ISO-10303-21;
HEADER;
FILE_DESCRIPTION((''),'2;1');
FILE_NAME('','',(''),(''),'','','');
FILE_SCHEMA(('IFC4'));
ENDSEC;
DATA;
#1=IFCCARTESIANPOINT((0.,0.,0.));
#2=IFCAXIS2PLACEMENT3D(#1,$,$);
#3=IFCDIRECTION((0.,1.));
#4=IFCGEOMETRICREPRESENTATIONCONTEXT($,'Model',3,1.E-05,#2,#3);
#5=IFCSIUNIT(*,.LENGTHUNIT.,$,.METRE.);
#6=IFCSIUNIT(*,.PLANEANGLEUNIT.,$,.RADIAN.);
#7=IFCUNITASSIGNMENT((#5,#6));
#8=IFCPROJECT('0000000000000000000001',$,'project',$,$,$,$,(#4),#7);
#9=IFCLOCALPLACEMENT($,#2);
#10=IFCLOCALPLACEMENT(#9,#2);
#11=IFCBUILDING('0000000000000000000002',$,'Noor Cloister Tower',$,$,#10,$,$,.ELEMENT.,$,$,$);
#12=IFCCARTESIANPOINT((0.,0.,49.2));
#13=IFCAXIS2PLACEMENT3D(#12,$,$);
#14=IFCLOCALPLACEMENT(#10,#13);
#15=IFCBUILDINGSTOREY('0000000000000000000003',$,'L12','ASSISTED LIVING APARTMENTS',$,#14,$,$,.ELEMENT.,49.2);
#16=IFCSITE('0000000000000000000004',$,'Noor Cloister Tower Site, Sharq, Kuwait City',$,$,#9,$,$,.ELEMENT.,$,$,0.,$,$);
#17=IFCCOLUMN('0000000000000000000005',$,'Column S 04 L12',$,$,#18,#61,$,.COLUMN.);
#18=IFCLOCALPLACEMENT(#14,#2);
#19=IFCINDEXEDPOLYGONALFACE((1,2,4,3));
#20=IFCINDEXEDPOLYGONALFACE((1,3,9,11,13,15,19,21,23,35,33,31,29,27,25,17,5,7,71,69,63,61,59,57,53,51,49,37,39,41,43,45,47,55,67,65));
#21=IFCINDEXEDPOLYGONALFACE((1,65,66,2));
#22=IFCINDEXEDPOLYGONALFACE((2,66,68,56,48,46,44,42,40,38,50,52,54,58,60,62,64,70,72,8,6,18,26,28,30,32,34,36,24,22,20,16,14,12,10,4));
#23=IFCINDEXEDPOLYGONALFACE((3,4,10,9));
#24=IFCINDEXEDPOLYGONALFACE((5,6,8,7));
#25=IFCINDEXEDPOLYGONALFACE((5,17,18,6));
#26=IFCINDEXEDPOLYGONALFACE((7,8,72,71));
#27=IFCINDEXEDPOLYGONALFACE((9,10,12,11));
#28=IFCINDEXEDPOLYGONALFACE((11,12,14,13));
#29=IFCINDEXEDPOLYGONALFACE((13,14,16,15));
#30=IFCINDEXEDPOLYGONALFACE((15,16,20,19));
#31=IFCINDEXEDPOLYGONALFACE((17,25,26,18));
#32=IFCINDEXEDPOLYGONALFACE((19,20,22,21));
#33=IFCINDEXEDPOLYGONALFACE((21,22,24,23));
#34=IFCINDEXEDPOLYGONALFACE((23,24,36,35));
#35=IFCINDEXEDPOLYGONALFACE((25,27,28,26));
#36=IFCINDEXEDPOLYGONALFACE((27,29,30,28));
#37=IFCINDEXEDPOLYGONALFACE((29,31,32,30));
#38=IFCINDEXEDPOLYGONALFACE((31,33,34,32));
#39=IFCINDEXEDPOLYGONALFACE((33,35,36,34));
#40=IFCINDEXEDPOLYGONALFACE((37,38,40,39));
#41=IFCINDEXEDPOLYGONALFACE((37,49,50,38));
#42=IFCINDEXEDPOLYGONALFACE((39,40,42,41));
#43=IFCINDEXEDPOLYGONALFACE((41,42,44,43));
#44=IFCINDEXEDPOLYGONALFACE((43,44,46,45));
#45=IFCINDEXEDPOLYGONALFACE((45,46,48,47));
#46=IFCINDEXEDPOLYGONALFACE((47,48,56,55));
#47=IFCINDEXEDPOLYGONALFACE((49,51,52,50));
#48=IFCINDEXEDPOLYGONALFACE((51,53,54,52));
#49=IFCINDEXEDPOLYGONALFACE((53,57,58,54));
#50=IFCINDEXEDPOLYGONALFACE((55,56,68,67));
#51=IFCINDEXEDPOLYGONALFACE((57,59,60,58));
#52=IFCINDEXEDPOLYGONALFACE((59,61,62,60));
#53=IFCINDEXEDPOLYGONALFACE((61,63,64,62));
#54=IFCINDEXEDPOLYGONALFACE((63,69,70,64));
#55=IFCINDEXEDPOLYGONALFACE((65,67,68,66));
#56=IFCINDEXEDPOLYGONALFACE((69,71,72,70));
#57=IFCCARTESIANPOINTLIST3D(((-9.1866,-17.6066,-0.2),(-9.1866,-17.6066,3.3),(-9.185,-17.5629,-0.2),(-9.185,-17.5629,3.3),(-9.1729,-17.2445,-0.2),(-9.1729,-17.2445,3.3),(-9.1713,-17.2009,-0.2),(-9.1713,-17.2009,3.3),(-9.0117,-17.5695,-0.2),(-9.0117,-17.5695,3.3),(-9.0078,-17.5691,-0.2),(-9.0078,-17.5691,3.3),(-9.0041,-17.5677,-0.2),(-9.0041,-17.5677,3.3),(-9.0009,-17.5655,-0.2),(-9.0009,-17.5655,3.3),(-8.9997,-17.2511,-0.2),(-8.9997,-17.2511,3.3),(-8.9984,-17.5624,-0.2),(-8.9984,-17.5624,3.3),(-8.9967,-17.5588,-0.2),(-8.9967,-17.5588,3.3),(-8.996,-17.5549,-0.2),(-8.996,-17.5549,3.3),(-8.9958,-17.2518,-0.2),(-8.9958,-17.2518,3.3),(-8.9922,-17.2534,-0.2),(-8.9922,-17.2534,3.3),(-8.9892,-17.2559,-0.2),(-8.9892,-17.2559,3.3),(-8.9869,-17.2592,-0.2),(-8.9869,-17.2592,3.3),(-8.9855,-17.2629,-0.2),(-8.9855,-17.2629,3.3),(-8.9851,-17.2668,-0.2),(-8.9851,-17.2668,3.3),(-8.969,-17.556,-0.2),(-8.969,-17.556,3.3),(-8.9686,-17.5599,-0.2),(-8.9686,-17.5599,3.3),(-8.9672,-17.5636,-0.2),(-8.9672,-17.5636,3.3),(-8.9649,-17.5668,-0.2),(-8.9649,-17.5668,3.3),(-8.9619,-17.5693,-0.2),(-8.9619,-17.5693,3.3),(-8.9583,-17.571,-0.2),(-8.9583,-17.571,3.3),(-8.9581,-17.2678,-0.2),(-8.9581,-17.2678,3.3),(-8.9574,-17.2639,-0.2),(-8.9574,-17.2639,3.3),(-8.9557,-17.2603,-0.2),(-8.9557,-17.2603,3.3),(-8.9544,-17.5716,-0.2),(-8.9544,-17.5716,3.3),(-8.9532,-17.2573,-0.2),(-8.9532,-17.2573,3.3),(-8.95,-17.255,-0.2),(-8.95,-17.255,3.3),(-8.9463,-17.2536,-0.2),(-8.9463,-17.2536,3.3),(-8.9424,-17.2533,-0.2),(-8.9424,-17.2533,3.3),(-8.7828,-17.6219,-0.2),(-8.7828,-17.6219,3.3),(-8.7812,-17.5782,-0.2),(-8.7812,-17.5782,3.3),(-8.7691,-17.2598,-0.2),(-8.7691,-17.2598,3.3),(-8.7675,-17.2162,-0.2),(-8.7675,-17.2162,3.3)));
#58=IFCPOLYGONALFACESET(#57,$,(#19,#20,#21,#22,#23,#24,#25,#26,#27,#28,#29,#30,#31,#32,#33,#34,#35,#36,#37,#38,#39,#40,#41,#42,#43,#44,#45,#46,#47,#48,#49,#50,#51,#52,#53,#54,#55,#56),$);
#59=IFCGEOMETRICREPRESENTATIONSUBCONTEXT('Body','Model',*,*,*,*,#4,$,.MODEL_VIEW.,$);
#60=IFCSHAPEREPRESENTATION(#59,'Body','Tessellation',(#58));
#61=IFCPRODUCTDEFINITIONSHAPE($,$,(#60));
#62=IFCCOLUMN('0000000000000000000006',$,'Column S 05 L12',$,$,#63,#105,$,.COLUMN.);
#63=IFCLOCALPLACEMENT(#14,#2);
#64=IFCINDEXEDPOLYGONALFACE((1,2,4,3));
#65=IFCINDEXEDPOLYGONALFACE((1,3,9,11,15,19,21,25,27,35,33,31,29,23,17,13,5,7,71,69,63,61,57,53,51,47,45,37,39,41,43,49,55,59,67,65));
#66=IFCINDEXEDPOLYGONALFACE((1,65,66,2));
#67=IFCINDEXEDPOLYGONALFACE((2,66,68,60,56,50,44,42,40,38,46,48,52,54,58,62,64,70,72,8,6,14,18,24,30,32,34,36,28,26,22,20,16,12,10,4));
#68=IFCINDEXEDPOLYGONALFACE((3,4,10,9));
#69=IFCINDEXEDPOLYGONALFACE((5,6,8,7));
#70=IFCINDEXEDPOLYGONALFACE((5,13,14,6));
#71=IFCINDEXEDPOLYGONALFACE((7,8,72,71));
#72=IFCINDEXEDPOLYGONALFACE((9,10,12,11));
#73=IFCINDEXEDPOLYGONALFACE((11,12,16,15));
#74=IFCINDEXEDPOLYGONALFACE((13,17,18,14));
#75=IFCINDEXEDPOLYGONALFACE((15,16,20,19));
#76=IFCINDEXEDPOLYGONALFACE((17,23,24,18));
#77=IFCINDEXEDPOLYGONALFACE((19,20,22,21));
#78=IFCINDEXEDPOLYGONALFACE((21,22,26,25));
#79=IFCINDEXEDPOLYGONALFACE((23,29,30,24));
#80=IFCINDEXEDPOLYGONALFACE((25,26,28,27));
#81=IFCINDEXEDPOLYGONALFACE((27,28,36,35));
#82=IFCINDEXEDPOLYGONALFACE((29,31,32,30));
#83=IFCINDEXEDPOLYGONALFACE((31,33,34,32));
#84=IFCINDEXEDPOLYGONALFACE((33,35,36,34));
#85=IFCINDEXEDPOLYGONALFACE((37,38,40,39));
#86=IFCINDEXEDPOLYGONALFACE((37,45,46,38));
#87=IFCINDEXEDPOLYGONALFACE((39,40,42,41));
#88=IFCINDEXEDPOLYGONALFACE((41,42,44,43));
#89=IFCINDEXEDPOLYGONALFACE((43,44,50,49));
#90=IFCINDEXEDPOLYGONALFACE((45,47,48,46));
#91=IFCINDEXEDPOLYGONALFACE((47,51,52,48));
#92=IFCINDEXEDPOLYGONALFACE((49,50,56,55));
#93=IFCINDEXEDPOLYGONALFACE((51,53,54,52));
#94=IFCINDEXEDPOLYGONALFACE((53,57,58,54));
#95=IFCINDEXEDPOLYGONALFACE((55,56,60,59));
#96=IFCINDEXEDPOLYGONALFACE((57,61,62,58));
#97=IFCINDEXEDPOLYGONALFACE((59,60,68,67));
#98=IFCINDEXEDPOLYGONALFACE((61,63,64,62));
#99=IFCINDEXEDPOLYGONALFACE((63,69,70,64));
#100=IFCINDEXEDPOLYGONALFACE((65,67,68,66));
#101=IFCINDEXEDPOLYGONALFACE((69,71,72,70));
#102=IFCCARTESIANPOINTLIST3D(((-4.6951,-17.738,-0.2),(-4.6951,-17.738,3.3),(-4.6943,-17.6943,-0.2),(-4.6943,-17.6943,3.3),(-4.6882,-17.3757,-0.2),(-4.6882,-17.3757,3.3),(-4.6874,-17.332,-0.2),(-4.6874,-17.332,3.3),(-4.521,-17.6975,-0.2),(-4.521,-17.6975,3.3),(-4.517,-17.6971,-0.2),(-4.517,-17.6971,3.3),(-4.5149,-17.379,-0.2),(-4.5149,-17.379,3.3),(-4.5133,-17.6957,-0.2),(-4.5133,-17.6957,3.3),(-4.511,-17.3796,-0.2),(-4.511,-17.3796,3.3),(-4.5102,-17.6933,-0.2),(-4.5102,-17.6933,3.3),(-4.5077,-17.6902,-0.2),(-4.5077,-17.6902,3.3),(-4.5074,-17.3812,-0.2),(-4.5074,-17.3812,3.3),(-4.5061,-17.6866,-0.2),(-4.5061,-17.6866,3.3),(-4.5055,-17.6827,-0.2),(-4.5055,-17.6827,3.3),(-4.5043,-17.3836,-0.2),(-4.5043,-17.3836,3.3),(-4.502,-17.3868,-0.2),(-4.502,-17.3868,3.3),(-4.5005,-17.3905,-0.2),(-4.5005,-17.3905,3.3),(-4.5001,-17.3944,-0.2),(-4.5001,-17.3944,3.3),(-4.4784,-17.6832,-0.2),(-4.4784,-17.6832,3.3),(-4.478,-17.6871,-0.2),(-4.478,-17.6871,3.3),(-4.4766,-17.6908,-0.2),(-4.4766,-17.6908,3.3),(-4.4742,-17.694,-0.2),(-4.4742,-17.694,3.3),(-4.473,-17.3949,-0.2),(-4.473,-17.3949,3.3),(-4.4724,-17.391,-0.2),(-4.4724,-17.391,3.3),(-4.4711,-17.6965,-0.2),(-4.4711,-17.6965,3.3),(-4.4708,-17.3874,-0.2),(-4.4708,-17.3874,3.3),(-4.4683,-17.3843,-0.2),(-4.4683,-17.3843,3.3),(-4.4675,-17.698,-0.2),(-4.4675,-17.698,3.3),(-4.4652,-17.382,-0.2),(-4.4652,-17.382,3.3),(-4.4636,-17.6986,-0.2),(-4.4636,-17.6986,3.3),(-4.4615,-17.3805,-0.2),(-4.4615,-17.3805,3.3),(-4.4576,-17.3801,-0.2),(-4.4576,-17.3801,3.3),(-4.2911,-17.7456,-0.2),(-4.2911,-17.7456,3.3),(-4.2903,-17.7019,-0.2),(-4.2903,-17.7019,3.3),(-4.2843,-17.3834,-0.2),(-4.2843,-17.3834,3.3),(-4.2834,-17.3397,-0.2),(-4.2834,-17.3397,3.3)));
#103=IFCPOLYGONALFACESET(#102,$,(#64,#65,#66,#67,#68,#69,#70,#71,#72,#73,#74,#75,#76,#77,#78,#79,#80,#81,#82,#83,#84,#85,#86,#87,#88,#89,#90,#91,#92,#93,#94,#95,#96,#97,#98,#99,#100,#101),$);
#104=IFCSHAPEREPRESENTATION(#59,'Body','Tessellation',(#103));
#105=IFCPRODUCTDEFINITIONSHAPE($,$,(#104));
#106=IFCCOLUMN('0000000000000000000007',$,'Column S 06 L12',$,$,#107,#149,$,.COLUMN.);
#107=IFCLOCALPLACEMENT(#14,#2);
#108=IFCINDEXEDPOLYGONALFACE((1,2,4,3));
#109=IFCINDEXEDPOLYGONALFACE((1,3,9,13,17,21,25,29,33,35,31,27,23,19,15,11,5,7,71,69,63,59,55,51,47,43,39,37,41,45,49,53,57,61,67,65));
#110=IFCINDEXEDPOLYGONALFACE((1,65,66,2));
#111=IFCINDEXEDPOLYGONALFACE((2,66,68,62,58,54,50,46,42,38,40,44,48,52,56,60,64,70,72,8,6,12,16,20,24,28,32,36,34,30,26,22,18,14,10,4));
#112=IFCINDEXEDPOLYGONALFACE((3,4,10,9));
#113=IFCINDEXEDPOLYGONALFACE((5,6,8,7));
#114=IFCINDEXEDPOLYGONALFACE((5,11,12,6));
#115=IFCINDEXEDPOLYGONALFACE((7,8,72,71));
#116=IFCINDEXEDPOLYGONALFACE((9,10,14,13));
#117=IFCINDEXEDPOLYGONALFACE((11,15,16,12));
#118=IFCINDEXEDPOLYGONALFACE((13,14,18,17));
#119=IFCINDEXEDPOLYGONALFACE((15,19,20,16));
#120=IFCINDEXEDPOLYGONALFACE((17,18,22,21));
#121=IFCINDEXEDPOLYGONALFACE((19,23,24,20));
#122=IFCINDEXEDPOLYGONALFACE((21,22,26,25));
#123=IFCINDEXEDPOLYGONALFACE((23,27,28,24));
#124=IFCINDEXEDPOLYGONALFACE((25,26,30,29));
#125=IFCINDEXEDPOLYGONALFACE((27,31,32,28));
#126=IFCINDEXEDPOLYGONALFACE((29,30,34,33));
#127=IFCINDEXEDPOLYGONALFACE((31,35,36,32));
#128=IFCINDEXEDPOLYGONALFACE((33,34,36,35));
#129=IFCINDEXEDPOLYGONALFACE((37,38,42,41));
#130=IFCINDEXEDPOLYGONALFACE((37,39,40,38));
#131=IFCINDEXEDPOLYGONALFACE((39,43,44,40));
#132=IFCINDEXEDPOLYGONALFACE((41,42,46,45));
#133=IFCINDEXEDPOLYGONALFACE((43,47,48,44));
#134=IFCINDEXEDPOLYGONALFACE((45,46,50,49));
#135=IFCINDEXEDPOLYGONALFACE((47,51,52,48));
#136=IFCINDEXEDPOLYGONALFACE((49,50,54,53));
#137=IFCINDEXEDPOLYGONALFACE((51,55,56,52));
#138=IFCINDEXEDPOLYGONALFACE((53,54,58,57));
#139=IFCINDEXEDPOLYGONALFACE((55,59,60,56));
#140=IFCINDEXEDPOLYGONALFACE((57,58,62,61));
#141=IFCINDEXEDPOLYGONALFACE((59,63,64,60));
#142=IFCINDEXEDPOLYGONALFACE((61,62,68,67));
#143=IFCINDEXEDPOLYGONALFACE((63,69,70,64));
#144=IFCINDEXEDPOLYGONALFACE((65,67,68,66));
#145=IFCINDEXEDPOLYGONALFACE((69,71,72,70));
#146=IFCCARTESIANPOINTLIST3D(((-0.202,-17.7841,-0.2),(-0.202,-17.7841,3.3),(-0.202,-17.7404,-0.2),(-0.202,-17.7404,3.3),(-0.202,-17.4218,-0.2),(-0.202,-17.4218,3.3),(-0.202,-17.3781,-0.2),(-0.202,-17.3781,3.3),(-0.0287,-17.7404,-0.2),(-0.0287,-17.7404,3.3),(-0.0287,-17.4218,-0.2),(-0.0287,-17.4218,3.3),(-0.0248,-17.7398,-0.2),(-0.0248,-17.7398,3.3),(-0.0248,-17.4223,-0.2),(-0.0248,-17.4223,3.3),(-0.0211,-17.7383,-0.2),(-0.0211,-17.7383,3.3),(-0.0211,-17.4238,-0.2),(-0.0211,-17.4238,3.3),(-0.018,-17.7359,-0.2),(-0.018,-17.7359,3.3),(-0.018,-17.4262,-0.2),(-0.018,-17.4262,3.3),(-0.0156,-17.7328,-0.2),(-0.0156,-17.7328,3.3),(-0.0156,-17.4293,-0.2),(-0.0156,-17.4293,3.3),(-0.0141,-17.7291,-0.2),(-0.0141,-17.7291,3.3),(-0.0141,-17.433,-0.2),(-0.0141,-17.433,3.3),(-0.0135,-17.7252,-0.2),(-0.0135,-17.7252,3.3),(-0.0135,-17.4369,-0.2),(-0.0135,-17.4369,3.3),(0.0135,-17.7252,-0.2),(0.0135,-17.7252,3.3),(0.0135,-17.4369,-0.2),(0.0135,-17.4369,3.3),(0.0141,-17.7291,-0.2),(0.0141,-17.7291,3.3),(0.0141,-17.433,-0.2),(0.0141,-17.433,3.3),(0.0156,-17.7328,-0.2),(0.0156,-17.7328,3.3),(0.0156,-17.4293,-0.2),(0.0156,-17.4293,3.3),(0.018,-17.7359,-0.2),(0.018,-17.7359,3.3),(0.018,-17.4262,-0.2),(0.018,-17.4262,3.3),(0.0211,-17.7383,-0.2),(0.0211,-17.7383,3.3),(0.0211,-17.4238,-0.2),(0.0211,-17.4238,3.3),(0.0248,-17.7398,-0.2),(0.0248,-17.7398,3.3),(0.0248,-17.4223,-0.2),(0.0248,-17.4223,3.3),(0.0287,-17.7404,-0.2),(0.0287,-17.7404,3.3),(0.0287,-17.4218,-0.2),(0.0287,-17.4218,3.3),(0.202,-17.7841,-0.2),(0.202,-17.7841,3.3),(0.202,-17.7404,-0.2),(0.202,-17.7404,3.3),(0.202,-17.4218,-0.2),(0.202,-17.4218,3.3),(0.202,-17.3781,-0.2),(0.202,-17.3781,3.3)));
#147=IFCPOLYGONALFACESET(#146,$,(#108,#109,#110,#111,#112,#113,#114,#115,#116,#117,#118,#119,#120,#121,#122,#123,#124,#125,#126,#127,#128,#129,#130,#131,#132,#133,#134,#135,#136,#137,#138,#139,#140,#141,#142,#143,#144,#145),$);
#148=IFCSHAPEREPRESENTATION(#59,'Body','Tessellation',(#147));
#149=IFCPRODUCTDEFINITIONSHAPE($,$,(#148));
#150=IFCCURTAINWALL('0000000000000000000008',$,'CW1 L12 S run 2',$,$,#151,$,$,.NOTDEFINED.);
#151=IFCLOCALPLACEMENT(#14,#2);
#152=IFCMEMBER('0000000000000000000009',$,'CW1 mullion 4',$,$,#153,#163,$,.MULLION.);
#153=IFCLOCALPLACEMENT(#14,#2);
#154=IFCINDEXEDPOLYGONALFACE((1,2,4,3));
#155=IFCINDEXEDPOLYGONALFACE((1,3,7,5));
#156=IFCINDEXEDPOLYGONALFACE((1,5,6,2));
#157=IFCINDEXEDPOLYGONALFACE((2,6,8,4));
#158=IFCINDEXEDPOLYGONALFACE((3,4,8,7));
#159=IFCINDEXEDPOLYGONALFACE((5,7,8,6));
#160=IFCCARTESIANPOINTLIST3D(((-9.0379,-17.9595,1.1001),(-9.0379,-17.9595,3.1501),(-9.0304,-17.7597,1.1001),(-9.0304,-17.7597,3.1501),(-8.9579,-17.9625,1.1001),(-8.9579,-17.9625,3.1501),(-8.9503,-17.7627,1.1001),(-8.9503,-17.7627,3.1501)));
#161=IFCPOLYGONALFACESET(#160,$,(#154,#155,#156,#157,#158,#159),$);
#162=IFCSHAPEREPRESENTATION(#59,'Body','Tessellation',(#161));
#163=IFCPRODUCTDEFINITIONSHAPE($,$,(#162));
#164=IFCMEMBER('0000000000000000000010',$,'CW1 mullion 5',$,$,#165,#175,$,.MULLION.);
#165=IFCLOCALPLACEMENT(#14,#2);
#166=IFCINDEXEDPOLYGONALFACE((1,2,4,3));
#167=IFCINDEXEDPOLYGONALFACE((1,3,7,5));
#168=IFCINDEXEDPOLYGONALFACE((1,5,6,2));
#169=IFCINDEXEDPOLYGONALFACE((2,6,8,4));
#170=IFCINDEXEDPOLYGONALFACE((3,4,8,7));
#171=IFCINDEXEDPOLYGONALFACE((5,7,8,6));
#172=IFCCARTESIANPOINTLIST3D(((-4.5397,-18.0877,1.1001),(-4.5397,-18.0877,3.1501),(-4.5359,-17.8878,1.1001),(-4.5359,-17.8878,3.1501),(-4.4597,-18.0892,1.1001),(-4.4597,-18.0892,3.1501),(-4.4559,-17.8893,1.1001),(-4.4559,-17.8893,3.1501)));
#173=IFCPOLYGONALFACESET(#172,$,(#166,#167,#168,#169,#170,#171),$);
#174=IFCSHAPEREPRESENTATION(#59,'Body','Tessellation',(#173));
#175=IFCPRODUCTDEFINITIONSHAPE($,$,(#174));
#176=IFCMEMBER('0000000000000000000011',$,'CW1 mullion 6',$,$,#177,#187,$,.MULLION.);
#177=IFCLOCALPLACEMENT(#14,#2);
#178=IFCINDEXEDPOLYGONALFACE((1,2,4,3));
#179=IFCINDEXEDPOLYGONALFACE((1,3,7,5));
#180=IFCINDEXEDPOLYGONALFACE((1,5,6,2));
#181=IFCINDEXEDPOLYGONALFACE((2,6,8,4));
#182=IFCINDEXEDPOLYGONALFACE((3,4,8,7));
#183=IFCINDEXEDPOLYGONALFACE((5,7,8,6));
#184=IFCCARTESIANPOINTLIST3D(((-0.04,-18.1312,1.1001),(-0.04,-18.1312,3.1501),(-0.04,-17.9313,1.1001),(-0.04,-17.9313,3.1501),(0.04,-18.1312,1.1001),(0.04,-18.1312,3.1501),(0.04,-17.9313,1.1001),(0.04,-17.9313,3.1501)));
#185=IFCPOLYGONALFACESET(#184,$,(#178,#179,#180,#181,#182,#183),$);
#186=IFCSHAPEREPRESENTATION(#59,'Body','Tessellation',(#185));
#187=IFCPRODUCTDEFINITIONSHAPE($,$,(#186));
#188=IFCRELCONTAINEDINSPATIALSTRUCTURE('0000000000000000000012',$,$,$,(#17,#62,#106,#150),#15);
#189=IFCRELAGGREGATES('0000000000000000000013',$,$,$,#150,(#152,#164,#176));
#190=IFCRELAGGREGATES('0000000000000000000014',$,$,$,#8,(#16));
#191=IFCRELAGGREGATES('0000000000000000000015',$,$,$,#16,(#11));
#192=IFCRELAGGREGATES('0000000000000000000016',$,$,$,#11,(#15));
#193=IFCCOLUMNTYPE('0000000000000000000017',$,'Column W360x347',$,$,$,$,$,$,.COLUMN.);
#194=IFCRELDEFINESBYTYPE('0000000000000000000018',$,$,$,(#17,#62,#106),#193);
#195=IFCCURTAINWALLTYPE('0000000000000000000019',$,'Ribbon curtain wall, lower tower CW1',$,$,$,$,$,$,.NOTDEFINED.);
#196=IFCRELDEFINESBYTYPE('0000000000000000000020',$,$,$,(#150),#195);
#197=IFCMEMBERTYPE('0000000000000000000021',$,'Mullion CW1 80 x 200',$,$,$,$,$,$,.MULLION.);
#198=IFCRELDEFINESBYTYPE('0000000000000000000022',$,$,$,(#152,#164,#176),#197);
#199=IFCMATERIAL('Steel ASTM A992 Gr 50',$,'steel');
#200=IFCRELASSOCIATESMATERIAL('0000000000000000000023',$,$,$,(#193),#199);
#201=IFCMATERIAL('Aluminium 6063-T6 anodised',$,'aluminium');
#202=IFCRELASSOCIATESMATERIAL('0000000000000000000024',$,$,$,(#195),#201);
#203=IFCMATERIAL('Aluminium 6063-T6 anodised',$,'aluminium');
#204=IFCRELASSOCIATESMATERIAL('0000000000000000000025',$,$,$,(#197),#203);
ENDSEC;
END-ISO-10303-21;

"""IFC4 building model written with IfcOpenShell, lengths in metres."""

from ifc_helpers import new_model, si_unit, direction, frame, origin, origin_2d, place, context, subcontext, project, spatial, rectangle, i_section, extrude, material, material_profile, profile_set, type_object, element, aggregate, save


model = new_model("IFC4")

# Units and contexts
model_context = context("Model", 3, precision=1e-05, world=origin(), true_north=direction((0.0, 1.0)))
body_context = subcontext(model_context, "Body", "Model", "MODEL_VIEW")
ifc_project = project(units=[si_unit("LENGTHUNIT", "METRE"), si_unit("PLANEANGLEUNIT", "RADIAN")], contexts=[model_context])

# Site, building, storey
site_placement = place(None, origin())
site = spatial("IfcSite", under=ifc_project, at=site_placement, Name="Noor Cloister Tower Site, Sharq, Kuwait City", CompositionType="ELEMENT", RefElevation=0.0)
building_placement = place(site_placement, origin())
building = spatial("IfcBuilding", under=site, at=building_placement, Name="Noor Cloister Tower", CompositionType="ELEMENT")
storey_placement = place(building_placement, frame((0.0, 0.0, 49.2)))
storey = spatial("IfcBuildingStorey", under=building, at=storey_placement, Name="L12", Description="ASSISTED LIVING APARTMENTS", CompositionType="ELEMENT", Elevation=49.2)

# Columns
ifc_material_1 = material(Name="Steel ASTM A992 Gr 50", Category="steel")
ifc_material_profile_1 = material_profile(ifc_material_1, i_section(OverallWidth=0.4041, OverallDepth=0.406, WebThickness=0.0271, FlangeThickness=0.0437, FilletRadius=0.0151, at=origin_2d()), Name="W360x347")
ifc_profile_set_1 = profile_set([ifc_material_profile_1], Name="Steel ASTM A992 Gr 50")
column_type = type_object("IfcColumnType", Name="Column W360x347", PredefinedType="COLUMN", material=ifc_profile_set_1)
for number, where, z_axis, x_axis, name in (
    (1, (-8.9771, -17.4114, -0.2), (0.0, 0.0, 1.0), (0.999284, -0.037823, 0.0), "Column S 04 L12"),
    (2, (-4.4893, -17.5388, -0.2), (0.0, 0.0, 1.0), (0.999821, -0.018915, 0.0), "Column S 05 L12"),
    (3, (0.0, -17.5811, -0.2), (0.0, 0.0, 1.0), (1.0, 0.0, 0.0), "Column S 06 L12"),
):
    element("IfcColumn", number, at=place(storey_placement, frame(where, z_axis=z_axis, x_axis=x_axis)), inside=storey, type_object=column_type, Name=name, PredefinedType="COLUMN", context=body_context, shape_type="SweptSolid", body=[
        extrude(i_section(OverallWidth=0.4041, OverallDepth=0.406, WebThickness=0.0271, FlangeThickness=0.0437, FilletRadius=0.0151, at=origin_2d()), origin(), (0.0, 0.0, 1.0), 3.5),
    ])

# Curtain wall, members
ifc_material_2 = material(Name="Aluminium 6063-T6 anodised", Category="aluminium")
curtain_wall_type = type_object("IfcCurtainWallType", Name="Ribbon curtain wall, lower tower CW1", PredefinedType="NOTDEFINED", material=ifc_material_2)
curtain_wall_placement = place(storey_placement, origin())
curtain_wall = element("IfcCurtainWall", 4, at=curtain_wall_placement, inside=storey, type_object=curtain_wall_type, Name="CW1 L12 S run 2", PredefinedType="NOTDEFINED")
ifc_material_3 = material(Name="Aluminium 6063-T6 anodised", Category="aluminium")
ifc_material_profile_2 = material_profile(ifc_material_3, rectangle(XDim=0.2, YDim=0.0801, at=origin_2d()), Name="200 x 80 mullion")
ifc_profile_set_2 = profile_set([ifc_material_profile_2], Name="Aluminium 6063-T6 anodised")
member_type = type_object("IfcMemberType", Name="Mullion CW1 80 x 200", PredefinedType="MULLION", material=ifc_profile_set_2)
member_1_placement = place(storey_placement, frame((-8.9941, -17.8611, 1.1001), z_axis=(0.0, 0.0, 1.0), x_axis=(0.037823, 0.999284, 0.0)))
member_1 = element("IfcMember", 5, at=member_1_placement, type_object=member_type, Name="CW1 mullion 4", PredefinedType="MULLION", context=body_context, shape_type="SweptSolid", body=[
    extrude(rectangle(XDim=0.2, YDim=0.0801, at=origin_2d()), origin(), (0.0, 0.0, 1.0), 2.05),
])
member_2_placement = place(storey_placement, frame((-4.4978, -17.9885, 1.1001), z_axis=(0.0, 0.0, 1.0), x_axis=(0.018915, 0.999821, 0.0)))
member_2 = element("IfcMember", 6, at=member_2_placement, type_object=member_type, Name="CW1 mullion 5", PredefinedType="MULLION", context=body_context, shape_type="SweptSolid", body=[
    extrude(rectangle(XDim=0.2, YDim=0.0801, at=origin_2d()), origin(), (0.0, 0.0, 1.0), 2.05),
])
member_3_placement = place(storey_placement, frame((0.0, -18.0312, 1.1001), z_axis=(0.0, 0.0, 1.0), x_axis=(0.0, 1.0, 0.0)))
member_3 = element("IfcMember", 7, at=member_3_placement, type_object=member_type, Name="CW1 mullion 6", PredefinedType="MULLION", context=body_context, shape_type="SweptSolid", body=[
    extrude(rectangle(XDim=0.2, YDim=0.0801, at=origin_2d()), origin(), (0.0, 0.0, 1.0), 2.05),
])

aggregate(curtain_wall, [member_1, member_2, member_3])

save(model, "model.ifc")
